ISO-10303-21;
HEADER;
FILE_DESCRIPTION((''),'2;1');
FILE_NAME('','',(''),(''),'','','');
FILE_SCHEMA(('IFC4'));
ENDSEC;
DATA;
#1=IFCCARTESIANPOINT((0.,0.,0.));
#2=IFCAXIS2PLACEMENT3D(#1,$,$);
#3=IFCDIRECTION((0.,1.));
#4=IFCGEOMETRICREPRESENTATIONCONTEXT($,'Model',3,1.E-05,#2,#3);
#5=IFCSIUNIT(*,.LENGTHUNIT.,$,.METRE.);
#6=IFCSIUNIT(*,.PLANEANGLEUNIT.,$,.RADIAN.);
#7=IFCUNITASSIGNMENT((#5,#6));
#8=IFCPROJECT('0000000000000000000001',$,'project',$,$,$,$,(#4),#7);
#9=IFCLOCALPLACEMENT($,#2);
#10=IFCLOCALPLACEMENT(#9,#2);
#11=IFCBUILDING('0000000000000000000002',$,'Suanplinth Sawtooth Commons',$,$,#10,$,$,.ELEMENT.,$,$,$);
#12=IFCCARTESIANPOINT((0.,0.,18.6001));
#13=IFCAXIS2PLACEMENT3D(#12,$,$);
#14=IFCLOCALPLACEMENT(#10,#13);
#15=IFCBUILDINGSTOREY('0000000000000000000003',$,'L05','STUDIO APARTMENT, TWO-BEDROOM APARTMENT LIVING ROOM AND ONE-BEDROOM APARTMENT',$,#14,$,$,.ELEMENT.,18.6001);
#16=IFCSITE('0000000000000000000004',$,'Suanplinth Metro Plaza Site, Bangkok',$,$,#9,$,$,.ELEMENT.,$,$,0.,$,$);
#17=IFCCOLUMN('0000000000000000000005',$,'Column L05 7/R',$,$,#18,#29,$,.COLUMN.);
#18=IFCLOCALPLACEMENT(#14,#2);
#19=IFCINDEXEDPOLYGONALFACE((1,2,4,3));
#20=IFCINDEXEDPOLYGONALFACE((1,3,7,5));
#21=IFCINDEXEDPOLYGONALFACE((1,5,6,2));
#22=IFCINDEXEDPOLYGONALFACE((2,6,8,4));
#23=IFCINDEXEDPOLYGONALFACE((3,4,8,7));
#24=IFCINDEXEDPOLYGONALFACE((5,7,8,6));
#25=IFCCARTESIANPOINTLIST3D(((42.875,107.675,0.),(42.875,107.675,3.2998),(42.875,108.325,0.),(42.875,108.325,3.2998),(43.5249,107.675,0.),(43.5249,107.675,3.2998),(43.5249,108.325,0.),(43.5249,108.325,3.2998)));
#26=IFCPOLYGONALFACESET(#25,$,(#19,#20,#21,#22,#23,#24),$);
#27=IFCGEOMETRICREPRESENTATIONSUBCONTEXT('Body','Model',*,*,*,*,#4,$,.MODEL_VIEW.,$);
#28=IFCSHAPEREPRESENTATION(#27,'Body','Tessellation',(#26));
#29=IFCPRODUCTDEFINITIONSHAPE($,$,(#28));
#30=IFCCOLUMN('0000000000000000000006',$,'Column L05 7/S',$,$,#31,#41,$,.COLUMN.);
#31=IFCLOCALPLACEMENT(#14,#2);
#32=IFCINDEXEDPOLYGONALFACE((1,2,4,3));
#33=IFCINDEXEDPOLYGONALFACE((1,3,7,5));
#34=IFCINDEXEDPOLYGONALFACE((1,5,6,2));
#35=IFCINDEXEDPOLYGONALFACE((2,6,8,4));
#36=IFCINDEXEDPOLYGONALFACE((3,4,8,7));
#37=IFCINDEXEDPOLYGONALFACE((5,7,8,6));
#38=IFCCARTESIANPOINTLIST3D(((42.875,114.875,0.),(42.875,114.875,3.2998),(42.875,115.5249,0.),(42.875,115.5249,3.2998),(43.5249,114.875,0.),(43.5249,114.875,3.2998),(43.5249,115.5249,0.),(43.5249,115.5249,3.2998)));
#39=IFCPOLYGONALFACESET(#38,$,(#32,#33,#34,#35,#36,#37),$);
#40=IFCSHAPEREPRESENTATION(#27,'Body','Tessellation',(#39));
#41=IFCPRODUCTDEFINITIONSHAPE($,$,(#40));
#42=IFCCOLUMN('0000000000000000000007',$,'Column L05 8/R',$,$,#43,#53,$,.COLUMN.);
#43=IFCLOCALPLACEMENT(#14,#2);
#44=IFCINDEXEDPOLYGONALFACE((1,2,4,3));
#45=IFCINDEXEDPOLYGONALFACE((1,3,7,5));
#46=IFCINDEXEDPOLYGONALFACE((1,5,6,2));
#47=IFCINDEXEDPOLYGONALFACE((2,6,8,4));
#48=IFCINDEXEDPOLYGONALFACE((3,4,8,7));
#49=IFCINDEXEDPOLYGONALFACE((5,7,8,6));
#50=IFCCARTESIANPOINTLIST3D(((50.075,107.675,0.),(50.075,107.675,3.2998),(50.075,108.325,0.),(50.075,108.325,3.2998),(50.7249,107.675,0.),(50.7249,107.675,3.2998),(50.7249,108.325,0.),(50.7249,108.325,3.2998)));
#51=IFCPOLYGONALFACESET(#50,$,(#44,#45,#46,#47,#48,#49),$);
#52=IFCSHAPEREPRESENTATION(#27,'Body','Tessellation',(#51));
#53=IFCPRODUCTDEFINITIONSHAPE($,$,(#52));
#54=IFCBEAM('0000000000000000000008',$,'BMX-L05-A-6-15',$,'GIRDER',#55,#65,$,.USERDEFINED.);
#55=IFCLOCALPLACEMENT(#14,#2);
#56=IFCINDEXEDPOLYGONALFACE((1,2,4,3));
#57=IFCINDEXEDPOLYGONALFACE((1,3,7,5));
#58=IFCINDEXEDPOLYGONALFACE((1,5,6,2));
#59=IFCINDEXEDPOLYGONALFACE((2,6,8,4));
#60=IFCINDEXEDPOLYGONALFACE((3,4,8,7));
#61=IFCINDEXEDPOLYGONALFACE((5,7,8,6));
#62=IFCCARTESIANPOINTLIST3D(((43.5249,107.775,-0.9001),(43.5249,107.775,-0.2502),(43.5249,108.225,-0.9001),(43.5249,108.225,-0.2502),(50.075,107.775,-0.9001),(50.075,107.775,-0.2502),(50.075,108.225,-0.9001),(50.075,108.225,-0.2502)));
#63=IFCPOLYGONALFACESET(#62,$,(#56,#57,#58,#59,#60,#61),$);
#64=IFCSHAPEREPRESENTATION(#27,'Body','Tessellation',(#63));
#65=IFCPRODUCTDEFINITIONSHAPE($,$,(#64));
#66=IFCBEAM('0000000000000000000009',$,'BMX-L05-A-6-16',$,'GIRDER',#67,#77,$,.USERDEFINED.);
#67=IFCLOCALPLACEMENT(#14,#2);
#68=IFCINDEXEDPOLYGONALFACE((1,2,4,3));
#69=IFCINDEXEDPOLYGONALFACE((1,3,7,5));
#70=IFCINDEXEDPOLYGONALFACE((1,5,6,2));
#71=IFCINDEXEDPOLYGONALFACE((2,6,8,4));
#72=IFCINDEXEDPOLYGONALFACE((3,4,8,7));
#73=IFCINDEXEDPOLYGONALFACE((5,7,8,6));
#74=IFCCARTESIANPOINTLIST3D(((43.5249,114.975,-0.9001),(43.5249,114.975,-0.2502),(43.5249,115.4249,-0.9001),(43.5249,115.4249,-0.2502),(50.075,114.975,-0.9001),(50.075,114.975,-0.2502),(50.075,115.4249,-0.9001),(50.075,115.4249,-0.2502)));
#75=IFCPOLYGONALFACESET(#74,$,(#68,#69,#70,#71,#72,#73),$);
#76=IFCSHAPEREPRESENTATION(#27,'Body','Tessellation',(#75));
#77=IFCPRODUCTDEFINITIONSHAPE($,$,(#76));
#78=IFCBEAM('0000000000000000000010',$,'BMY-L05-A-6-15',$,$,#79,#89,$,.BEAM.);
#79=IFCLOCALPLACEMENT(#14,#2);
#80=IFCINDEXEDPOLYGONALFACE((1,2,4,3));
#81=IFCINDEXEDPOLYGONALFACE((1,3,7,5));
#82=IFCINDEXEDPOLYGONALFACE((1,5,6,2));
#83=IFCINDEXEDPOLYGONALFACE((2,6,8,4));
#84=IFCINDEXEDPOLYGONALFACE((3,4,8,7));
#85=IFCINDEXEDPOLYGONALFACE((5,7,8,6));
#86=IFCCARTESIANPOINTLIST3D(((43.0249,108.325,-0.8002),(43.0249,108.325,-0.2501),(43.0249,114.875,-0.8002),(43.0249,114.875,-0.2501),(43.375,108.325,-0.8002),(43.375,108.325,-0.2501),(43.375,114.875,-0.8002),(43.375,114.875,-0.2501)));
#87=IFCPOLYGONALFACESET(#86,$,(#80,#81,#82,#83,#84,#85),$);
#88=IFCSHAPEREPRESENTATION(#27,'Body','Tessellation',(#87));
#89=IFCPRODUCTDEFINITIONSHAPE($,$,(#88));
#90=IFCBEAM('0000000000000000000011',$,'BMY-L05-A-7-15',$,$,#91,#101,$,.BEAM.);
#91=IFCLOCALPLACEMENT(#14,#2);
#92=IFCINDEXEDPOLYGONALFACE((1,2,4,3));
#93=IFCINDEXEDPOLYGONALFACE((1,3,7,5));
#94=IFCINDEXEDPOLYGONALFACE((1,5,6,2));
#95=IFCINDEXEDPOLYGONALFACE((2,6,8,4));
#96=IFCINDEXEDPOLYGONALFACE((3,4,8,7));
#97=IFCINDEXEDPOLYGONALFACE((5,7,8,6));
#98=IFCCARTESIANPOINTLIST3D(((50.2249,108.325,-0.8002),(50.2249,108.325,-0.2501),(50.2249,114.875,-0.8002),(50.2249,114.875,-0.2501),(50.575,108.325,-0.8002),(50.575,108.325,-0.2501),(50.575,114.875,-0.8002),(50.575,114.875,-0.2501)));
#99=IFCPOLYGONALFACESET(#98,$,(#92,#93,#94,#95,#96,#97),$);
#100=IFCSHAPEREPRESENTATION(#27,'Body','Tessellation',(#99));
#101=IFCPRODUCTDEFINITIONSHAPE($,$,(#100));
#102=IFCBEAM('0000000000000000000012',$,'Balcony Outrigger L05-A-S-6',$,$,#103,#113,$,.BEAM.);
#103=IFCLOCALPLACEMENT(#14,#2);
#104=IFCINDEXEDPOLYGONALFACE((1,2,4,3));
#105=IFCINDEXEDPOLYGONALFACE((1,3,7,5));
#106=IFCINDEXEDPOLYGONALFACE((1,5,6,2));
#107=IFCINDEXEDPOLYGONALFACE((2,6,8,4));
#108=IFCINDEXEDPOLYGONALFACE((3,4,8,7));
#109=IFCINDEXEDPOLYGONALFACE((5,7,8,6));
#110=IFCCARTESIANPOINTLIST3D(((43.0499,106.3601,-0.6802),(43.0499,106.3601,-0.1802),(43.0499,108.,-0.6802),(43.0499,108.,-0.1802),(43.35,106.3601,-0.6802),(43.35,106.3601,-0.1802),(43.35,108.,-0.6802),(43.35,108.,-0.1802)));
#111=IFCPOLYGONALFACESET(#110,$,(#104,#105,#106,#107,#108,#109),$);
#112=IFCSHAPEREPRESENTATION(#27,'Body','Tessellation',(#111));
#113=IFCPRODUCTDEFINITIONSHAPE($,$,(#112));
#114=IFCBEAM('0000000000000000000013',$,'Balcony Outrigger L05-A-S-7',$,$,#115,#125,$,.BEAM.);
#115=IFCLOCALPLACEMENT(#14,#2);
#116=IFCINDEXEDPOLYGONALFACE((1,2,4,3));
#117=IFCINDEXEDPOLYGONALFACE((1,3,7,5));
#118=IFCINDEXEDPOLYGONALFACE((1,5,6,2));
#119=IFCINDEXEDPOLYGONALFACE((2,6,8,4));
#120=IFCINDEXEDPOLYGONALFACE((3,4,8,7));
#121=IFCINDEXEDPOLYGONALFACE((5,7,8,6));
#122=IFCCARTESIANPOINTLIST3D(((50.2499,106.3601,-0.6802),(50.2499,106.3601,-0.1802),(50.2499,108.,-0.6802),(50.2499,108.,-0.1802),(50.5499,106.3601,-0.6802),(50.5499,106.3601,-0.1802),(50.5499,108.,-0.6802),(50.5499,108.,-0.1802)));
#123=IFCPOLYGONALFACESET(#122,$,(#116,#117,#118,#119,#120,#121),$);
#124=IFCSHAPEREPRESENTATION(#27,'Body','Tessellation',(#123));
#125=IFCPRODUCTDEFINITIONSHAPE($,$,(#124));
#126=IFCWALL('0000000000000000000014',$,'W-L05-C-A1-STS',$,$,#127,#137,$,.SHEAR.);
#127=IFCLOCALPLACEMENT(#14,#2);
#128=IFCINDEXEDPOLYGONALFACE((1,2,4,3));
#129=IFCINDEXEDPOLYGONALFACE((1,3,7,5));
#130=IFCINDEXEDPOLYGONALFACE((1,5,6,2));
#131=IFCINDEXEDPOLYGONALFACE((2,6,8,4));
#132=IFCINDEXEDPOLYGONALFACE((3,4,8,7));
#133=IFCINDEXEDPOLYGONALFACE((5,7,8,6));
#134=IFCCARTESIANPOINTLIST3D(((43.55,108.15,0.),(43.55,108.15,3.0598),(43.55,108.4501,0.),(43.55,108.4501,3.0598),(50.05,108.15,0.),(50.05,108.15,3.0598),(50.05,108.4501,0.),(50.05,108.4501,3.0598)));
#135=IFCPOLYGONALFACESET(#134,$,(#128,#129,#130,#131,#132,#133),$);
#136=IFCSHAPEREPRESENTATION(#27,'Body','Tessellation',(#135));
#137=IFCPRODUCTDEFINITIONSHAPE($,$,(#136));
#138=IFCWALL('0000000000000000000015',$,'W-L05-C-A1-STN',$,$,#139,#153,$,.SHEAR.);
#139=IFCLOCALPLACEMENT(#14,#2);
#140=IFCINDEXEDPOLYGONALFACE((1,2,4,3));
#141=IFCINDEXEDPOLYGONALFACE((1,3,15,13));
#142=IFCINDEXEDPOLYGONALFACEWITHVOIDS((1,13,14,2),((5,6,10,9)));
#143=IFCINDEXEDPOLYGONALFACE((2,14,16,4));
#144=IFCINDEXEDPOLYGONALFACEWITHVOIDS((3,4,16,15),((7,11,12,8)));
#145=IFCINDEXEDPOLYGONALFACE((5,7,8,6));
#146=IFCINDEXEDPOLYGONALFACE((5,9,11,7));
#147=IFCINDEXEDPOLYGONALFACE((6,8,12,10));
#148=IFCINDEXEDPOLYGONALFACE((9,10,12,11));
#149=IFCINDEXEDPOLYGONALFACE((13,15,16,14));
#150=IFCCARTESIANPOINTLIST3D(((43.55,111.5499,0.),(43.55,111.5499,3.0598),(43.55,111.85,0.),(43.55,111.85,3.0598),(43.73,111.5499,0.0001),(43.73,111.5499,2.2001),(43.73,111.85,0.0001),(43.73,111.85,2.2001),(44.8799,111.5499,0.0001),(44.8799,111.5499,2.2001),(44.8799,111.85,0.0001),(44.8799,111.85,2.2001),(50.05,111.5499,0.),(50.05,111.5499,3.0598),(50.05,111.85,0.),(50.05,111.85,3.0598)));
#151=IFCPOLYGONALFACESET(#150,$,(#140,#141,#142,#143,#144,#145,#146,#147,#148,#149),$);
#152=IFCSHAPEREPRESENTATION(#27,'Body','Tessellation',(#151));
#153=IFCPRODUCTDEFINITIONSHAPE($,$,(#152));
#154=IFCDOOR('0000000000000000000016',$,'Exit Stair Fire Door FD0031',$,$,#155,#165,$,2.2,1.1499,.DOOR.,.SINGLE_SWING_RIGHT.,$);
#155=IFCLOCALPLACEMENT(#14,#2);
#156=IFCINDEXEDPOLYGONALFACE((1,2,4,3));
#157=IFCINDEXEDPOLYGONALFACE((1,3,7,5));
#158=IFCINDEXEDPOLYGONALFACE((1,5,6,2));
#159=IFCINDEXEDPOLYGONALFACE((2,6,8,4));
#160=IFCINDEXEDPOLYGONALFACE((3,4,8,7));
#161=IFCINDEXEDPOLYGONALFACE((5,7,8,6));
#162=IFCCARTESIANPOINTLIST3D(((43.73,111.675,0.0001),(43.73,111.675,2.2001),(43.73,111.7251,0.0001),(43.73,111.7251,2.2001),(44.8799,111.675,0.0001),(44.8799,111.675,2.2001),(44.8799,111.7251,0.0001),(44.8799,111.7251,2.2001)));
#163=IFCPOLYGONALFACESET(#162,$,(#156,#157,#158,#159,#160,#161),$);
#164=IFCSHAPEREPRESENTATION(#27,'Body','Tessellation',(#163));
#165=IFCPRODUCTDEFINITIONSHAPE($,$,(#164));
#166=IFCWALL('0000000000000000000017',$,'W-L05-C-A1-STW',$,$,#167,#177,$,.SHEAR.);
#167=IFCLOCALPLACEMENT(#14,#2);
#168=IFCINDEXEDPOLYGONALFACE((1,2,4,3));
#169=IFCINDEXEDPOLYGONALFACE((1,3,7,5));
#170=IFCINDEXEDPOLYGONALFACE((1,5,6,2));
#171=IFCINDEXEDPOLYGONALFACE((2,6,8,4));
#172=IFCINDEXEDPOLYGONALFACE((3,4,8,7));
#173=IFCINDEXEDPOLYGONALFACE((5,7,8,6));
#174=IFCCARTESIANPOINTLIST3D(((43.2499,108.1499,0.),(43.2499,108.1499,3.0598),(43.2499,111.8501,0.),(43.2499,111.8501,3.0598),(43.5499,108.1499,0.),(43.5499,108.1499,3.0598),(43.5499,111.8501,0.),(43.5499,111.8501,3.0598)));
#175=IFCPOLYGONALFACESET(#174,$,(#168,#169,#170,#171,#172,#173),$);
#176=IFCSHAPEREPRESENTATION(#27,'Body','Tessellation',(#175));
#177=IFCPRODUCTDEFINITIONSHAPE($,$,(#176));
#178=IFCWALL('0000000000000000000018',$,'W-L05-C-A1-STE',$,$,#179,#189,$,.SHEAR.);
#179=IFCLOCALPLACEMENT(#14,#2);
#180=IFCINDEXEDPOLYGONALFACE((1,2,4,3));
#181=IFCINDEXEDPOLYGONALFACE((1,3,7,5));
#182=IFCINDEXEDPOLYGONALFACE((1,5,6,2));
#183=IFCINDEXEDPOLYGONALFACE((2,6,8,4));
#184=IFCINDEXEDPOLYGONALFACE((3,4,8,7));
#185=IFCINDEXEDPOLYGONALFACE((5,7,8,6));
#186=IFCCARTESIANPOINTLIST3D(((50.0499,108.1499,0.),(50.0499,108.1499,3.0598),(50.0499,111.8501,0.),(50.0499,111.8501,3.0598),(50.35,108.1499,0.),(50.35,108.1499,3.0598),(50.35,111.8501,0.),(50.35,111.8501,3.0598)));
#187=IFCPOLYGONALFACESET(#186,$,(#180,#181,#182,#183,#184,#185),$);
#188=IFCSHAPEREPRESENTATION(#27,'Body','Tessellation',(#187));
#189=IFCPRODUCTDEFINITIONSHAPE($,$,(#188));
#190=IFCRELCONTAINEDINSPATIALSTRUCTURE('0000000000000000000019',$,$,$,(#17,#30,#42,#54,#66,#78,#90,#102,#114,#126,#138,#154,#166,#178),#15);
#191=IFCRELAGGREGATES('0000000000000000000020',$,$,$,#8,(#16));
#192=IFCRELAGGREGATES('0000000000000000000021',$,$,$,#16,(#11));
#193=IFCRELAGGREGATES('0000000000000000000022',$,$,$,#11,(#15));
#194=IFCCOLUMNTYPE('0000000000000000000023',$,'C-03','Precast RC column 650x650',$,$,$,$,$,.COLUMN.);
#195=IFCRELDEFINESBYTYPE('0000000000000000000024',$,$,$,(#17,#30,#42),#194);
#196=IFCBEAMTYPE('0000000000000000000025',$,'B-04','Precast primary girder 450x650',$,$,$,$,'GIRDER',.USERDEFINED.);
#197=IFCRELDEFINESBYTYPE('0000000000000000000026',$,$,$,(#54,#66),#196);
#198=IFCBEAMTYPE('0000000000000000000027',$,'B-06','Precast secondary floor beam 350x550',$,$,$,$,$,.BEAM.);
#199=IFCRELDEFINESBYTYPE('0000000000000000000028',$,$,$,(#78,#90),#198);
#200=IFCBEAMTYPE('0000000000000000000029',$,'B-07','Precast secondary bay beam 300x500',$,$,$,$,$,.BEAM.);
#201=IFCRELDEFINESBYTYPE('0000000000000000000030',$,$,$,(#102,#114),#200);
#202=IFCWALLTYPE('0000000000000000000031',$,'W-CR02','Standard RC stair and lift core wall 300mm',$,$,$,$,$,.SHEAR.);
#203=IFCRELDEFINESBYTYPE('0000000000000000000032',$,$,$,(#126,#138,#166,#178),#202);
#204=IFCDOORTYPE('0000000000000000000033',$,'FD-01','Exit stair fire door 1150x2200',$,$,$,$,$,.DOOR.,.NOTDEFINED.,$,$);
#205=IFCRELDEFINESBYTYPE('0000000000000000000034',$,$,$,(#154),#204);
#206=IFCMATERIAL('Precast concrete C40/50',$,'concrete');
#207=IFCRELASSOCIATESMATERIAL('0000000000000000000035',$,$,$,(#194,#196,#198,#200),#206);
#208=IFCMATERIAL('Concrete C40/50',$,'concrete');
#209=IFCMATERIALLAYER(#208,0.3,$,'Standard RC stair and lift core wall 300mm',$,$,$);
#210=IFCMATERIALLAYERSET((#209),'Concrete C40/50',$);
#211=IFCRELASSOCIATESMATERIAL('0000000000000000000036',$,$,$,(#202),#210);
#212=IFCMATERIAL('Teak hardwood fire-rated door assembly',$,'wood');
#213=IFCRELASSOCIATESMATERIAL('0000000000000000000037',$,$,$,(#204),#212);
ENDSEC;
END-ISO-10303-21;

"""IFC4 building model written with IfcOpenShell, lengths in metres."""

from ifc_helpers import new_model, si_unit, direction, frame, frame_2d, origin, origin_2d, place, context, subcontext, project, spatial, rectangle, extrude, material, layer, layer_set, material_profile, profile_set, type_object, element, fill, save


model = new_model("IFC4")

# Units and contexts
model_context = context("Model", 3, precision=1e-05, world=origin(), true_north=direction((0.0, 1.0)))
body_context = subcontext(model_context, "Body", "Model", "MODEL_VIEW")
ifc_project = project(units=[si_unit("LENGTHUNIT", "METRE"), si_unit("PLANEANGLEUNIT", "RADIAN")], contexts=[model_context])

# Site, building, storey
site_placement = place(None, origin())
site = spatial("IfcSite", under=ifc_project, at=site_placement, Name="Suanplinth Metro Plaza Site, Bangkok", CompositionType="ELEMENT", RefElevation=0.0)
building_placement = place(site_placement, origin())
building = spatial("IfcBuilding", under=site, at=building_placement, Name="Suanplinth Sawtooth Commons", CompositionType="ELEMENT")
storey_placement = place(building_placement, frame((0.0, 0.0, 18.6001)))
storey = spatial("IfcBuildingStorey", under=building, at=storey_placement, Name="L05", Description="STUDIO APARTMENT, TWO-BEDROOM APARTMENT LIVING ROOM AND ONE-BEDROOM APARTMENT", CompositionType="ELEMENT", Elevation=18.6001)

# Columns
ifc_material_1 = material(Name="Precast concrete C40/50", Category="concrete")
ifc_material_profile_1 = material_profile(ifc_material_1, rectangle(XDim=0.6499, YDim=0.6499, at=origin_2d()), Name="PC-COL 650x650")
ifc_profile_set_1 = profile_set([ifc_material_profile_1], Name="Precast concrete C40/50")
column_type = type_object("IfcColumnType", Name="C-03", Description="Precast RC column 650x650", PredefinedType="COLUMN", material=ifc_profile_set_1)
for number, where, z_axis, x_axis, name in (
    (1, (43.2, 108.0, 0.0), (0.0, 0.0, 1.0), (1.0, 0.0, 0.0), "Column L05 7/R"),
    (2, (43.2, 115.2, 0.0), (0.0, 0.0, 1.0), (1.0, 0.0, 0.0), "Column L05 7/S"),
    (3, (50.3999, 108.0, 0.0), (0.0, 0.0, 1.0), (1.0, 0.0, 0.0), "Column L05 8/R"),
):
    element("IfcColumn", number, at=place(storey_placement, frame(where, z_axis=z_axis, x_axis=x_axis)), inside=storey, type_object=column_type, Name=name, PredefinedType="COLUMN", context=body_context, shape_type="SweptSolid", body=[
        extrude(rectangle(XDim=0.6499, YDim=0.6499, at=origin_2d()), origin(), (0.0, 0.0, 1.0), 3.2998),
    ])

# Beams
ifc_material_profile_2 = material_profile(ifc_material_1, rectangle(XDim=0.45, YDim=0.6499, at=origin_2d()), Name="PC-GDR 450x650")
ifc_profile_set_2 = profile_set([ifc_material_profile_2], Name="Precast concrete C40/50")
beam_type_1 = type_object("IfcBeamType", Name="B-04", Description="Precast primary girder 450x650", ElementType="GIRDER", PredefinedType="USERDEFINED", material=ifc_profile_set_2)
for number, where, z_axis, x_axis, name in (
    (4, (43.5249, 108.0, -0.5752), (1.0, 0.0, 0.0), (0.0, 1.0, 0.0), "BMX-L05-A-6-15"),
    (5, (43.5249, 115.2, -0.5752), (1.0, 0.0, 0.0), (0.0, 1.0, 0.0), "BMX-L05-A-6-16"),
):
    element("IfcBeam", number, at=place(storey_placement, frame(where, z_axis=z_axis, x_axis=x_axis)), inside=storey, type_object=beam_type_1, Name=name, ObjectType="GIRDER", PredefinedType="USERDEFINED", context=body_context, shape_type="SweptSolid", body=[
        extrude(rectangle(XDim=0.45, YDim=0.6499, at=origin_2d()), origin(), (0.0, 0.0, 1.0), 6.55),
    ])
ifc_material_profile_3 = material_profile(ifc_material_1, rectangle(XDim=0.3501, YDim=0.55, at=origin_2d()), Name="PC-BM 350x550")
ifc_profile_set_3 = profile_set([ifc_material_profile_3], Name="Precast concrete C40/50")
beam_type_2 = type_object("IfcBeamType", Name="B-06", Description="Precast secondary floor beam 350x550", PredefinedType="BEAM", material=ifc_profile_set_3)
for number, where, z_axis, x_axis, name in (
    (6, (43.2, 108.325, -0.5251), (0.0, 1.0, 0.0), (-1.0, 0.0, 0.0), "BMY-L05-A-6-15"),
    (7, (50.3999, 108.325, -0.5251), (0.0, 1.0, 0.0), (-1.0, 0.0, 0.0), "BMY-L05-A-7-15"),
):
    element("IfcBeam", number, at=place(storey_placement, frame(where, z_axis=z_axis, x_axis=x_axis)), inside=storey, type_object=beam_type_2, Name=name, PredefinedType="BEAM", context=body_context, shape_type="SweptSolid", body=[
        extrude(rectangle(XDim=0.3501, YDim=0.55, at=origin_2d()), origin(), (0.0, 0.0, 1.0), 6.55),
    ])
ifc_material_profile_4 = material_profile(ifc_material_1, rectangle(XDim=0.3, YDim=0.5, at=origin_2d()), Name="PC-BM 300x500")
ifc_profile_set_4 = profile_set([ifc_material_profile_4], Name="Precast concrete C40/50")
beam_type_3 = type_object("IfcBeamType", Name="B-07", Description="Precast secondary bay beam 300x500", PredefinedType="BEAM", material=ifc_profile_set_4)
for number, where, z_axis, x_axis, name in (
    (8, (43.2, 108.0, -0.4302), (0.0, -1.0, 0.0), (1.0, 0.0, 0.0), "Balcony Outrigger L05-A-S-6"),
    (9, (50.3999, 108.0, -0.4302), (0.0, -1.0, 0.0), (1.0, 0.0, 0.0), "Balcony Outrigger L05-A-S-7"),
):
    element("IfcBeam", number, at=place(storey_placement, frame(where, z_axis=z_axis, x_axis=x_axis)), inside=storey, type_object=beam_type_3, Name=name, PredefinedType="BEAM", context=body_context, shape_type="SweptSolid", body=[
        extrude(rectangle(XDim=0.3, YDim=0.5, at=origin_2d()), origin(), (0.0, 0.0, 1.0), 1.6399),
    ])

# Wall
ifc_material_2 = material(Name="Concrete C40/50", Category="concrete")
ifc_layer_1 = layer(ifc_material_2, 0.3, Name="Standard RC stair and lift core wall 300mm")
ifc_layer_set_1 = layer_set([ifc_layer_1], Name="Concrete C40/50")
wall_type_1 = type_object("IfcWallType", Name="W-CR02", Description="Standard RC stair and lift core wall 300mm", PredefinedType="SHEAR", material=ifc_layer_set_1)
wall_1_placement = place(storey_placement, frame((43.55, 108.3, 0.0), z_axis=(0.0, 0.0, 1.0), x_axis=(1.0, 0.0, 0.0)))
element("IfcWall", 10, at=wall_1_placement, inside=storey, type_object=wall_type_1, Name="W-L05-C-A1-STS", PredefinedType="SHEAR", context=body_context, shape_type="SweptSolid", body=[
    extrude(rectangle(XDim=6.5, YDim=0.3, at=frame_2d((3.25, 0.0))), origin(), (0.0, 0.0, 1.0), 3.0598),
])

# Wall, opening, door
wall_2_placement = place(storey_placement, frame((43.55, 111.7, 0.0), z_axis=(0.0, 0.0, 1.0), x_axis=(1.0, 0.0, 0.0)))
wall_2 = element("IfcWall", 11, at=wall_2_placement, inside=storey, type_object=wall_type_1, Name="W-L05-C-A1-STN", PredefinedType="SHEAR", context=body_context, shape_type="SweptSolid", body=[
    extrude(rectangle(XDim=6.5, YDim=0.3, at=frame_2d((3.25, 0.0))), origin(), (0.0, 0.0, 1.0), 3.0598),
])
opening_1_placement = place(wall_2_placement, frame((0.1799, 0.0, 0.0)))
opening_1 = element("IfcOpeningElement", 12, at=opening_1_placement, cuts=wall_2, PredefinedType="OPENING", context=body_context, shape_type="SweptSolid", body=[
    extrude(rectangle(XDim=1.1499, YDim=2.2, at=frame_2d((0.575, 1.1001))), frame((0.0, 0.165, 0.0), z_axis=(0.0, -1.0, 0.0), x_axis=(1.0, 0.0, 0.0)), (0.0, 0.0, 1.0), 0.3298),
])
ifc_material_3 = material(Name="Teak hardwood fire-rated door assembly", Category="wood")
door_type_1 = type_object("IfcDoorType", Name="FD-01", Description="Exit stair fire door 1150x2200", OperationType="NOTDEFINED", PredefinedType="DOOR", material=ifc_material_3)
door_1_placement = place(opening_1_placement, frame((1.1499, 0.0, 0.0), z_axis=(0.0, 0.0, 1.0), x_axis=(-1.0, 0.0, 0.0)))
door_1 = element("IfcDoor", 13, at=door_1_placement, inside=storey, type_object=door_type_1, Name="Exit Stair Fire Door FD0031", OperationType="SINGLE_SWING_RIGHT", OverallHeight=2.2, OverallWidth=1.1499, PredefinedType="DOOR", context=body_context, shape_type="SweptSolid", body=[
    extrude(rectangle(XDim=1.1499, YDim=2.2, at=frame_2d((0.575, 1.1001))), frame((0.0, 0.0249, 0.0), z_axis=(0.0, -1.0, 0.0), x_axis=(1.0, 0.0, 0.0)), (0.0, 0.0, 1.0), 0.05),
])
fill(opening_1, door_1)

# Walls
for number, where, z_axis, x_axis, name in (
    (14, (43.3999, 108.1499, 0.0), (0.0, 0.0, 1.0), (0.0, 1.0, 0.0), "W-L05-C-A1-STW"),
    (15, (50.2, 108.1499, 0.0), (0.0, 0.0, 1.0), (0.0, 1.0, 0.0), "W-L05-C-A1-STE"),
):
    element("IfcWall", number, at=place(storey_placement, frame(where, z_axis=z_axis, x_axis=x_axis)), inside=storey, type_object=wall_type_1, Name=name, PredefinedType="SHEAR", context=body_context, shape_type="SweptSolid", body=[
        extrude(rectangle(XDim=3.7002, YDim=0.3, at=frame_2d((1.8501, 0.0))), origin(), (0.0, 0.0, 1.0), 3.0598),
    ])

save(model, "model.ifc")
